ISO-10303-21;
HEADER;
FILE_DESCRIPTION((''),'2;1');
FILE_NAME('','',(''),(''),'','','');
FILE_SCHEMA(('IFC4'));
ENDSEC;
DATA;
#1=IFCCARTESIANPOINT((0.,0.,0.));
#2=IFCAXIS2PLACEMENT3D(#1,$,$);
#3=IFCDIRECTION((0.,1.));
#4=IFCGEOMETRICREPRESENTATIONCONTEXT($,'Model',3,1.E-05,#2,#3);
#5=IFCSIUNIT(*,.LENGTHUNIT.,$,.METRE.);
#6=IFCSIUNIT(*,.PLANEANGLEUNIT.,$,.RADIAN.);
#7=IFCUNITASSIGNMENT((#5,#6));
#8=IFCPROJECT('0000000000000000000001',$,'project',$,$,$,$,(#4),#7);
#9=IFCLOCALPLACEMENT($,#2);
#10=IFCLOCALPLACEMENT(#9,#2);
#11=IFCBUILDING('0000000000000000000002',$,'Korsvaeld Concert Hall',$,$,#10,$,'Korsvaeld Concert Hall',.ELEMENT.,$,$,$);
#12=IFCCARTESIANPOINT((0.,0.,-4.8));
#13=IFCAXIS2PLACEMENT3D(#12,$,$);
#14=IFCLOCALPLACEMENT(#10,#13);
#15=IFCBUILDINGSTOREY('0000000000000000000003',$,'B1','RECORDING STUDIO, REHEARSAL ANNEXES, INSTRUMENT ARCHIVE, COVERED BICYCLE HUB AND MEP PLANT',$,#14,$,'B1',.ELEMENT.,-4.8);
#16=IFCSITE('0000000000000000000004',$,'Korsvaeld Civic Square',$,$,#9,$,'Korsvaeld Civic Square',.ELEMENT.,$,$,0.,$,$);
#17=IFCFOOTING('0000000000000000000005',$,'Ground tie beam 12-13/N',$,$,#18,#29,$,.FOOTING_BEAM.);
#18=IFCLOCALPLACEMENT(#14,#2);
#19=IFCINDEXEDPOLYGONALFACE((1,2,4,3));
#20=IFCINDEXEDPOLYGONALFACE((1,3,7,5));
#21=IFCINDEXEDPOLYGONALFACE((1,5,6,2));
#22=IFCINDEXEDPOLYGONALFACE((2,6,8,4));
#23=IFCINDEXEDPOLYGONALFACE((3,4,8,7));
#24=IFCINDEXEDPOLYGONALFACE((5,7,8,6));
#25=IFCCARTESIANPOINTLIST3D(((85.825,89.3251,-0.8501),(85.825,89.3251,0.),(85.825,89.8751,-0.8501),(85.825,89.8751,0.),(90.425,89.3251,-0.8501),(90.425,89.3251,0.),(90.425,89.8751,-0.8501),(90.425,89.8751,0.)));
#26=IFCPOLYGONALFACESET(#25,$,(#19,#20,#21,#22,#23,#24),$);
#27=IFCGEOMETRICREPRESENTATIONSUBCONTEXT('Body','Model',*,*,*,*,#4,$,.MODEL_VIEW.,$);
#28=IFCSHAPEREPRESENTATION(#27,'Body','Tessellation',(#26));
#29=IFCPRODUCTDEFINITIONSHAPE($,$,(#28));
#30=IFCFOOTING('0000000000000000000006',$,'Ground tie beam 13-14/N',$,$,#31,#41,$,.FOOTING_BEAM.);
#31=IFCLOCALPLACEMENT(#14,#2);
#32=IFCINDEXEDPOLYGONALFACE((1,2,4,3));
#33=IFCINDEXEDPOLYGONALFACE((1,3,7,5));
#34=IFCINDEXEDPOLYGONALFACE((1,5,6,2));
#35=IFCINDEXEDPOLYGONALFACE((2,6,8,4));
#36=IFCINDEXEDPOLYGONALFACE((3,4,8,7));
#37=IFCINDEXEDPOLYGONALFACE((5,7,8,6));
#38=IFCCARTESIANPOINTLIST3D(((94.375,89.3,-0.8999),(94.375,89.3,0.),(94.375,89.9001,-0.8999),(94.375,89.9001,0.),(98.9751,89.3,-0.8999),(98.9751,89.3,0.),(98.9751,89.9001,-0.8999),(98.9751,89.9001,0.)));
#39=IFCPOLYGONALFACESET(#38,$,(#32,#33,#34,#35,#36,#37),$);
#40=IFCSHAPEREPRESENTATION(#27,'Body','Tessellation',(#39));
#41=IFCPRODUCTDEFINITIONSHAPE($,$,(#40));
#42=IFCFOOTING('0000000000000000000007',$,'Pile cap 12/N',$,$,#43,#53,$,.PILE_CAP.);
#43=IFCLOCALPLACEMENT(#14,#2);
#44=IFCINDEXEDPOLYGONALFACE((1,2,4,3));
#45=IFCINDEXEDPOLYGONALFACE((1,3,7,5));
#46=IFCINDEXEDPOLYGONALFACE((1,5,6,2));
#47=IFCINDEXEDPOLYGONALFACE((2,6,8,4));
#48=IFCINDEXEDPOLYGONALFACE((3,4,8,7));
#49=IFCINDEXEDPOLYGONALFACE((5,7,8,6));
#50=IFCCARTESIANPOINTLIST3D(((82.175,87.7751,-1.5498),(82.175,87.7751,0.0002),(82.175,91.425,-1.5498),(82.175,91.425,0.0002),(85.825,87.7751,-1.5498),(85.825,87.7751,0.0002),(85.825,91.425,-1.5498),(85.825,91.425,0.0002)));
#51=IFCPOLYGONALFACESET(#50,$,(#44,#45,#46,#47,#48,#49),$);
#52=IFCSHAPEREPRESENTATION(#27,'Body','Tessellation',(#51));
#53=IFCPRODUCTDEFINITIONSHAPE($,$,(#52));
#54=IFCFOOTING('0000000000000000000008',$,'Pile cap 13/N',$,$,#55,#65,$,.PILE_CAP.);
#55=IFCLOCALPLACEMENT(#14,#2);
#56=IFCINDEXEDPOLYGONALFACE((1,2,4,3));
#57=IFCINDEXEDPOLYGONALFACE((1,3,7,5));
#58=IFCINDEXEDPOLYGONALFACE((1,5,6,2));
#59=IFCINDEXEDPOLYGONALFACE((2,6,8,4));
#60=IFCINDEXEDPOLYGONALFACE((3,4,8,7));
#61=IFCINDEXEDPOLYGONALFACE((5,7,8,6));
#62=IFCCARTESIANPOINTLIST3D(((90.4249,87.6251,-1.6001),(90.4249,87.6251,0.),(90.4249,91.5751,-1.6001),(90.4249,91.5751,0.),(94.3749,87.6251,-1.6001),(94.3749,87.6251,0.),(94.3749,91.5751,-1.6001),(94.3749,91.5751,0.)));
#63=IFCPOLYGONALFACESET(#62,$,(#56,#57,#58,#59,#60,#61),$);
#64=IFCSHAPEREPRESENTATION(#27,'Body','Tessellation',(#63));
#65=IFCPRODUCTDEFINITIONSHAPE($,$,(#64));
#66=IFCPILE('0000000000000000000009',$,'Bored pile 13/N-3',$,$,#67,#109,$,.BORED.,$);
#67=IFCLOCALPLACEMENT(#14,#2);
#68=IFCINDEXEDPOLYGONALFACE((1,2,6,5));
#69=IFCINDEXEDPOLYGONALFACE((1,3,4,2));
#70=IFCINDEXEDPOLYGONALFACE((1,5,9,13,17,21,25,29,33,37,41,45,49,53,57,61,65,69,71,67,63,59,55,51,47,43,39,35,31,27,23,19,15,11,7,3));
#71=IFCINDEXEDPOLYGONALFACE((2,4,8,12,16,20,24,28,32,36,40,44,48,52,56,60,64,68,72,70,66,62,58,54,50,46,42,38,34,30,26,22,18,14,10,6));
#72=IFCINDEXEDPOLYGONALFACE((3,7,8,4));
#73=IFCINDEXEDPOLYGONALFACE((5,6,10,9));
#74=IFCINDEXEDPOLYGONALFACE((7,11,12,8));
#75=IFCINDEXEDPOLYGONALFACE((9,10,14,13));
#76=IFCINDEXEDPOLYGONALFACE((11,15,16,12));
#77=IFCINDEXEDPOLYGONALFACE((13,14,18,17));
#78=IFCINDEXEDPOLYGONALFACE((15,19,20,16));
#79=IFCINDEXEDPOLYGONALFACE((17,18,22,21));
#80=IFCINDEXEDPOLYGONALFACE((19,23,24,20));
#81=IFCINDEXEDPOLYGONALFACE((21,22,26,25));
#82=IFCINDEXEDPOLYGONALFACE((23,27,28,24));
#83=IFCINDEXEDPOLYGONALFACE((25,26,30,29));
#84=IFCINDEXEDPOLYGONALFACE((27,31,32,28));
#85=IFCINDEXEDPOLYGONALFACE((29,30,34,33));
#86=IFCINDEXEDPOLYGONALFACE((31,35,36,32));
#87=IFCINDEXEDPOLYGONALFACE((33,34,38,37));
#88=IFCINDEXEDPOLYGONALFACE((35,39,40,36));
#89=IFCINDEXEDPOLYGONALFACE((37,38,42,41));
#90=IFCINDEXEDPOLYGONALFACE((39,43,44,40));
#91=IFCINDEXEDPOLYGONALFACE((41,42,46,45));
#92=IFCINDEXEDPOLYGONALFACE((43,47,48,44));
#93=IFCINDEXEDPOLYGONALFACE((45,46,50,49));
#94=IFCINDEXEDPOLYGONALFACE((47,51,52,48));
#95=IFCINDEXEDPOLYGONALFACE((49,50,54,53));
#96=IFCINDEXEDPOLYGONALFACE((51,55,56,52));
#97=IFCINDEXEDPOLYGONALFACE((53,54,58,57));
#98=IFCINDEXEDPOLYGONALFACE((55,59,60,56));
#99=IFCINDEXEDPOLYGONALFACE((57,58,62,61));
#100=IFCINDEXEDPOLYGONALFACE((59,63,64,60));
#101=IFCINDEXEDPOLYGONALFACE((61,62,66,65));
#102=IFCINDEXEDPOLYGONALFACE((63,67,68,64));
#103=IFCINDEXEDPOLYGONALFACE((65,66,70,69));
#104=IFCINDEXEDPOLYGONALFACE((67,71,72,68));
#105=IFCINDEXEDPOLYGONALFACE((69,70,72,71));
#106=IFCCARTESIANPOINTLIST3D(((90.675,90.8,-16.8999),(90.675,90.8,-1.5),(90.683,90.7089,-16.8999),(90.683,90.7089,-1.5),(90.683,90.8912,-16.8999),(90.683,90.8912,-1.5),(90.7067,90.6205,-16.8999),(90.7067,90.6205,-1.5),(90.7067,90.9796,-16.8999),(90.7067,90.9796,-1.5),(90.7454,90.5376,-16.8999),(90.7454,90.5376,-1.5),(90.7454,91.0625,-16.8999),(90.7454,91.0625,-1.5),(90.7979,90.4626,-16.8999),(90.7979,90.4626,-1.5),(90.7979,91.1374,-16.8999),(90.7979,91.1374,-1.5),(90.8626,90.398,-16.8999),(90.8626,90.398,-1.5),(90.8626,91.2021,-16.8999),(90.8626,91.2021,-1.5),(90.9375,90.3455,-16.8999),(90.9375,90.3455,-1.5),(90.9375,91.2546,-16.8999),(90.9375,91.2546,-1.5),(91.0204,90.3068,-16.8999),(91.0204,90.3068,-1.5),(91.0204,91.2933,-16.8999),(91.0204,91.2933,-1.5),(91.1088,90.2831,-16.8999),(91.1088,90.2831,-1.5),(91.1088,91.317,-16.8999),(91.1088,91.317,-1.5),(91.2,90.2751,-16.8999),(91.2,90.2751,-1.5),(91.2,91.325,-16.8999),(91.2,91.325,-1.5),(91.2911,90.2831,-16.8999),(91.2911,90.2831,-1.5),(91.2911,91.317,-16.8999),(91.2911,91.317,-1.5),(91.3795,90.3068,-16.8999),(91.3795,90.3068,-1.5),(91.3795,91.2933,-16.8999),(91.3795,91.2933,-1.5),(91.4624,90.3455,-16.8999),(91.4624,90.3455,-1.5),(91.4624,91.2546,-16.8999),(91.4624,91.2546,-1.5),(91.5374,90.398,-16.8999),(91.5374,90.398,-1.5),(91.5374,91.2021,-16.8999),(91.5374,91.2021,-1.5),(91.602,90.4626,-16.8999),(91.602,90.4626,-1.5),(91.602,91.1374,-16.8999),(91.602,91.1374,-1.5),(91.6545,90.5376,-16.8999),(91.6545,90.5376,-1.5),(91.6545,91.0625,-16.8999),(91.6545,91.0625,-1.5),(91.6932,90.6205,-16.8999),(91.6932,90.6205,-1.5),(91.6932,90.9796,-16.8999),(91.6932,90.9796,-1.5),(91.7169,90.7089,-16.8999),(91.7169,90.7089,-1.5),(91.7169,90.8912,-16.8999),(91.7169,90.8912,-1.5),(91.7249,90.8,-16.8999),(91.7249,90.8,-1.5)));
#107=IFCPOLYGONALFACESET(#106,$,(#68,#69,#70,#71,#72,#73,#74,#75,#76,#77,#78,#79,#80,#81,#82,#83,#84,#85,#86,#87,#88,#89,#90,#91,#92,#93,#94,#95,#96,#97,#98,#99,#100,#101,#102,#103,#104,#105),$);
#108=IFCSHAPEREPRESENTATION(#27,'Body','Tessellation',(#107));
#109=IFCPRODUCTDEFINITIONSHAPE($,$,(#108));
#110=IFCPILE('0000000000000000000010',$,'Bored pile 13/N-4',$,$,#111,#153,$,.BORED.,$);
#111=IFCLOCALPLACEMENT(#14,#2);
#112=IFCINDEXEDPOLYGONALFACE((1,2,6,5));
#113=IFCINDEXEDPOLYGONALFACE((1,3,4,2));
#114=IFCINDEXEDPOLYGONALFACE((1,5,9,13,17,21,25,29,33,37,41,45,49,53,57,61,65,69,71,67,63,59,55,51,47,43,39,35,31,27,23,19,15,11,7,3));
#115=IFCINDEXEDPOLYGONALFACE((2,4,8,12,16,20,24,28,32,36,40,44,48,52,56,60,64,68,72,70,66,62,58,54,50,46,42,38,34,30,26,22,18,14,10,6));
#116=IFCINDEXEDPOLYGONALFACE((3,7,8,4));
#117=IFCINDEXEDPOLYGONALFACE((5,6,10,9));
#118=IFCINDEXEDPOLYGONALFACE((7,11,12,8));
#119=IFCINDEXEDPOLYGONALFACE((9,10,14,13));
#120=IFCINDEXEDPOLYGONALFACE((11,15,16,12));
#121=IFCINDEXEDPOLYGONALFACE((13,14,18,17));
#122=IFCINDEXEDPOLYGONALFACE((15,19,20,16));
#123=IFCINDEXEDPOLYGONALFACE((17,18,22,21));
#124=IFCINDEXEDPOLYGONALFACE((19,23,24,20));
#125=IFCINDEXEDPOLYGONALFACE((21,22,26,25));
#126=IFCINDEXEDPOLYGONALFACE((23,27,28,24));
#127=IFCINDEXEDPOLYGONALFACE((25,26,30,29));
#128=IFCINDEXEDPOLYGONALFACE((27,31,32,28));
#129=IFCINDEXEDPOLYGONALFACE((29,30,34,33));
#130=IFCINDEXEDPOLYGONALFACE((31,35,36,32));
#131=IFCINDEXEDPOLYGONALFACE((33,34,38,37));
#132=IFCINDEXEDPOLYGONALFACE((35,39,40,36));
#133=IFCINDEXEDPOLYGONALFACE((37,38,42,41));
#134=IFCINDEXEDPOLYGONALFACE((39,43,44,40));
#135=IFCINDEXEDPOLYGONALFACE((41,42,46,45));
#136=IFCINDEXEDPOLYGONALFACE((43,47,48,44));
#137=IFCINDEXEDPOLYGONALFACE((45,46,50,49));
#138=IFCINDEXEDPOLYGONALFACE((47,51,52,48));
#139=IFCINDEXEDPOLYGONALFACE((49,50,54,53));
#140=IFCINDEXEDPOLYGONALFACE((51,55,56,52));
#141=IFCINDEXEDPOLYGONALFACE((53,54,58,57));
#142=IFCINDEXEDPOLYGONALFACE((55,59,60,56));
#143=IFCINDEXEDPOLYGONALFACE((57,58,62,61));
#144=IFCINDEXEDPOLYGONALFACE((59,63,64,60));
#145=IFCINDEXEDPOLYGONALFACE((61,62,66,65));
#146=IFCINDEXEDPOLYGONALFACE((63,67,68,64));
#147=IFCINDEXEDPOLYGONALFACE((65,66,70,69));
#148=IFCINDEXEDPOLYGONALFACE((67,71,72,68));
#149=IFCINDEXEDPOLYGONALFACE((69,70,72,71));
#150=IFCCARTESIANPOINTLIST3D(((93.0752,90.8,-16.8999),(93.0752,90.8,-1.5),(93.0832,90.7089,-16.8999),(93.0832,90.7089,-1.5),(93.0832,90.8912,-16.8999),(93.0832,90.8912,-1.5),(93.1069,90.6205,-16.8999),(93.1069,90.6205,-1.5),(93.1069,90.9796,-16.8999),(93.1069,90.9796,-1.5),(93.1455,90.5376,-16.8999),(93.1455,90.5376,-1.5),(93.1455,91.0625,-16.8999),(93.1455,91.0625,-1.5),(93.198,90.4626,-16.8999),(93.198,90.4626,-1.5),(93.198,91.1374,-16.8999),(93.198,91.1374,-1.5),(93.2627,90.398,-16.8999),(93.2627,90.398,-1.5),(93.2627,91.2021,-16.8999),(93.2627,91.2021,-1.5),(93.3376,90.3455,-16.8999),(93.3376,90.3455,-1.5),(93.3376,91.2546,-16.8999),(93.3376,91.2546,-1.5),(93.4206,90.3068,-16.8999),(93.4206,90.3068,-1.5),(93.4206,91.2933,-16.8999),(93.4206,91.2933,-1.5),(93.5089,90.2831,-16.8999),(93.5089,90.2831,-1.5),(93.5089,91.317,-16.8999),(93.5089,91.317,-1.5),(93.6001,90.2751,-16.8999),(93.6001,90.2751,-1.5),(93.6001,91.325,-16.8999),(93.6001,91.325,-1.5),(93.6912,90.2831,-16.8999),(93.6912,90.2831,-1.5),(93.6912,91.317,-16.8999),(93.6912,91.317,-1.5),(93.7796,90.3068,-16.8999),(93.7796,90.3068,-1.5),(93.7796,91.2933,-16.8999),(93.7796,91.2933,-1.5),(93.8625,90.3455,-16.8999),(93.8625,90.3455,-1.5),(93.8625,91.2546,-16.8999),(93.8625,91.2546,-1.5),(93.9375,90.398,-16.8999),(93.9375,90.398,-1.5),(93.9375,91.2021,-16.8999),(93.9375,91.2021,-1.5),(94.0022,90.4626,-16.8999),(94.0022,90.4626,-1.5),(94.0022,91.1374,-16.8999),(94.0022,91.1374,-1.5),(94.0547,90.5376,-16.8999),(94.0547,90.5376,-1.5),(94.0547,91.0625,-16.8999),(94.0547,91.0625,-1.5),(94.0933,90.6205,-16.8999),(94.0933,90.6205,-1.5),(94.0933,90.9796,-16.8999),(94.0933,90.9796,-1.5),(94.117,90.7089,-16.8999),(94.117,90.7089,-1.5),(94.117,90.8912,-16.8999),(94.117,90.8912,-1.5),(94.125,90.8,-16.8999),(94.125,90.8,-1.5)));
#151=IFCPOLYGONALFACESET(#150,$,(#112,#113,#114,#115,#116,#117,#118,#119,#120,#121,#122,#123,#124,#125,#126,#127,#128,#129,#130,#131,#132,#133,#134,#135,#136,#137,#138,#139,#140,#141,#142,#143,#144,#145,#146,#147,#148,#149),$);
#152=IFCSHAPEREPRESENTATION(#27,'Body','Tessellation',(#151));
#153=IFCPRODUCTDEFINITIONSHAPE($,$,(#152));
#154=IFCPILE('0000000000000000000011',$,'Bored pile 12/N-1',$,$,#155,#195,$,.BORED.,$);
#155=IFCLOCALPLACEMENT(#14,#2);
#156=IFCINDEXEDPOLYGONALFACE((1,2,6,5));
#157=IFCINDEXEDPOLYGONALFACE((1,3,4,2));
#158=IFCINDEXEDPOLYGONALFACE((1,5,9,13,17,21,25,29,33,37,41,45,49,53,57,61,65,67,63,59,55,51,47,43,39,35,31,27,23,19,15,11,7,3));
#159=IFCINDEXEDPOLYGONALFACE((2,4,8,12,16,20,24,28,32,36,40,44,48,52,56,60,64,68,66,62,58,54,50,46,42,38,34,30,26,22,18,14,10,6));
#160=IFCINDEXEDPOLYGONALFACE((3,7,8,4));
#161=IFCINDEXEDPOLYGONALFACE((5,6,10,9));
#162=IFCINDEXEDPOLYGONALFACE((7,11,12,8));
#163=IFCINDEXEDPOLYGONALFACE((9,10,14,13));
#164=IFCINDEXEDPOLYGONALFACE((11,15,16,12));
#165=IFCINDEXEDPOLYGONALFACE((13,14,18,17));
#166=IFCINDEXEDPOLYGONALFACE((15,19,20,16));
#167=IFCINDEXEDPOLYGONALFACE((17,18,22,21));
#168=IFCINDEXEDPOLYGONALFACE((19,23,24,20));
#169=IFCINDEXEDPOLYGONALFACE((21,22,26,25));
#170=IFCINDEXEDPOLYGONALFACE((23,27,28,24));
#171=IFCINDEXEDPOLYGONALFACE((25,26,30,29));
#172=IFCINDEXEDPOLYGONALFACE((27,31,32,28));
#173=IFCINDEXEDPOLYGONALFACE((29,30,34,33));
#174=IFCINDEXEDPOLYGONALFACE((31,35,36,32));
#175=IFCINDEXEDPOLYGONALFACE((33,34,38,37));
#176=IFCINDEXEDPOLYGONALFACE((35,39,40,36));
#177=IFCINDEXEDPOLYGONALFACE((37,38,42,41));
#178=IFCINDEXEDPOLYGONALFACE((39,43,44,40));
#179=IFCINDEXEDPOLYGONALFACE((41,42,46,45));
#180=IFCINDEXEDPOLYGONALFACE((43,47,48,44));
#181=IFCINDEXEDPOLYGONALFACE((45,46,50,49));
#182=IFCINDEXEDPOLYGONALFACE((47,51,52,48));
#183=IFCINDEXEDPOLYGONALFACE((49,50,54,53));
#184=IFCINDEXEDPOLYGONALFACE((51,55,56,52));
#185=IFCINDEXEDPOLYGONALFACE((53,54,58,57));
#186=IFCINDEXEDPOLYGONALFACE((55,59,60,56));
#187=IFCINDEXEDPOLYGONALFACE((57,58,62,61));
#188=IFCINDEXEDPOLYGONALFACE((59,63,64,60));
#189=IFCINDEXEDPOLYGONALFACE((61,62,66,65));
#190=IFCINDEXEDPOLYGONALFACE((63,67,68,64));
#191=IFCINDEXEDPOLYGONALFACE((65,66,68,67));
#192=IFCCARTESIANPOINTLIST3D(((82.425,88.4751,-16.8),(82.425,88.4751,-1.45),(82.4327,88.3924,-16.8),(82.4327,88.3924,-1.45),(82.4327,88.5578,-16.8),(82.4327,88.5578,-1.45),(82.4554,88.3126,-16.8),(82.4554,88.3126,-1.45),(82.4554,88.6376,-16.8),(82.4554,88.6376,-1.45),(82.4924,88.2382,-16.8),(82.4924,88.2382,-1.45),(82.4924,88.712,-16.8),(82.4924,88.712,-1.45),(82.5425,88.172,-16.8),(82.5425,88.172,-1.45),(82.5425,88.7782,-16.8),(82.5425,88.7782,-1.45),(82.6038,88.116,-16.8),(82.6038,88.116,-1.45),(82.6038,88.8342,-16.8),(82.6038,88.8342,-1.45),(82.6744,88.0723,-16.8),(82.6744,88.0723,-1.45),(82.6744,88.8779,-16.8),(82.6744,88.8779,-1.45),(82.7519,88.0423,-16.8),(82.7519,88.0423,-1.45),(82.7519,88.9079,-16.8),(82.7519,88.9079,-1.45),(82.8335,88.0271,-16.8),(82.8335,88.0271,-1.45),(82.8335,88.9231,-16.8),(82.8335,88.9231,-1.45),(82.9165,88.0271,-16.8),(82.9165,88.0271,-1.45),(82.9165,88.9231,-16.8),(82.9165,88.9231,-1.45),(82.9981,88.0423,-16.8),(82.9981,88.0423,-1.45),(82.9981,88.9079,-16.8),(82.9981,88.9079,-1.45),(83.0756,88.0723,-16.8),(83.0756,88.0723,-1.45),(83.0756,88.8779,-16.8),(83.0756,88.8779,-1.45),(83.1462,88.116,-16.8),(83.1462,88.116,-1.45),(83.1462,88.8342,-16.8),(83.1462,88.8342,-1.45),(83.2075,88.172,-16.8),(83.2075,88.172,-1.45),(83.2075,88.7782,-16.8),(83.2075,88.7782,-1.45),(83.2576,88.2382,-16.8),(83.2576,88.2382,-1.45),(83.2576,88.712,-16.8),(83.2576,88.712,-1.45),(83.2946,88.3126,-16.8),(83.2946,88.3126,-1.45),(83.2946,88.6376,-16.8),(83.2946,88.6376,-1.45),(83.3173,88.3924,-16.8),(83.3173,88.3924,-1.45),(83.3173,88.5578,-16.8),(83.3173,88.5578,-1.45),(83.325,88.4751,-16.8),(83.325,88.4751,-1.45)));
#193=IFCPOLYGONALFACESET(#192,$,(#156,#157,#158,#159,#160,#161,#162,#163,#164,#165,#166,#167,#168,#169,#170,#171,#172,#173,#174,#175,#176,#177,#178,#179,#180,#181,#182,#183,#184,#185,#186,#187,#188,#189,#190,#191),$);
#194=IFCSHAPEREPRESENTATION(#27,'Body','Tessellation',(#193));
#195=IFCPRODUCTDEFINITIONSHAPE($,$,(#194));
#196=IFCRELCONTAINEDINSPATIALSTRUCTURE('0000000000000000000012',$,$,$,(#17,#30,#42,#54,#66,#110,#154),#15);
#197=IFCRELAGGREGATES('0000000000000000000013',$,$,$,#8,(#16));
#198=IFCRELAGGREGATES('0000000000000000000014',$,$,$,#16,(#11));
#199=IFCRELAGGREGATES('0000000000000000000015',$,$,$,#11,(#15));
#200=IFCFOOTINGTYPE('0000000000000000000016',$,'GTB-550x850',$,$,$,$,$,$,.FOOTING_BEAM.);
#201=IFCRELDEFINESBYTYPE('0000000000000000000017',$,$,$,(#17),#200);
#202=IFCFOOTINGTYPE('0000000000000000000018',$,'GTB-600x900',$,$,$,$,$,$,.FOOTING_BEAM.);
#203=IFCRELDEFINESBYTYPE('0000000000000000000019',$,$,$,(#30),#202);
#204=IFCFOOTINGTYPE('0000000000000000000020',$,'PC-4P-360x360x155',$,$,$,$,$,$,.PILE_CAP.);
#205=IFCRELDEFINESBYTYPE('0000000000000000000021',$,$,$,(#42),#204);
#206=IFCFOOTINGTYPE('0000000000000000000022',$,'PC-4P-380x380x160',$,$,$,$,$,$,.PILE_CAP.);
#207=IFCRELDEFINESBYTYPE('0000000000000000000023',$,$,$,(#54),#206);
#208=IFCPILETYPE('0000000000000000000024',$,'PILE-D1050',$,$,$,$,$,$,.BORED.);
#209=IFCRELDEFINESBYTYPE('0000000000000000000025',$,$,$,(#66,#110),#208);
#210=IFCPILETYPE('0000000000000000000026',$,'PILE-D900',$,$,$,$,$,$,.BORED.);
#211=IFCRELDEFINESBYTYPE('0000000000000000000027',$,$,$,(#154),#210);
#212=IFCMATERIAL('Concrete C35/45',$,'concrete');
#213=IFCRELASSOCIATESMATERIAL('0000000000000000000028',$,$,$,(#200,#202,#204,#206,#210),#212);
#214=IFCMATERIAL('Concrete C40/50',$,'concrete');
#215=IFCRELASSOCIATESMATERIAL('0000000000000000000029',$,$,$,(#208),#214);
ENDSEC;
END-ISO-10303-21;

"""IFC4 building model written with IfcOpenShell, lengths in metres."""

from ifc_helpers import new_model, si_unit, direction, frame, origin, origin_2d, place, context, subcontext, project, spatial, rectangle, circle, extrude, material, material_profile, profile_set, type_object, element, save


model = new_model("IFC4")

# Units and contexts
model_context = context("Model", 3, precision=1e-05, world=origin(), true_north=direction((0.0, 1.0)))
body_context = subcontext(model_context, "Body", "Model", "MODEL_VIEW")
ifc_project = project(units=[si_unit("LENGTHUNIT", "METRE"), si_unit("PLANEANGLEUNIT", "RADIAN")], contexts=[model_context])

# Site, building, storey
site_placement = place(None, origin())
site = spatial("IfcSite", under=ifc_project, at=site_placement, Name="Korsvaeld Civic Square", LongName="Korsvaeld Civic Square", CompositionType="ELEMENT", RefElevation=0.0)
building_placement = place(site_placement, origin())
building = spatial("IfcBuilding", under=site, at=building_placement, Name="Korsvaeld Concert Hall", LongName="Korsvaeld Concert Hall", CompositionType="ELEMENT")
storey_placement = place(building_placement, frame((0.0, 0.0, -4.8)))
storey = spatial("IfcBuildingStorey", under=building, at=storey_placement, Name="B1", Description="RECORDING STUDIO, REHEARSAL ANNEXES, INSTRUMENT ARCHIVE, COVERED BICYCLE HUB AND MEP PLANT", LongName="B1", CompositionType="ELEMENT", Elevation=-4.8)

# Footings
ifc_material_1 = material(Name="Concrete C35/45", Category="concrete")
ifc_material_profile_1 = material_profile(ifc_material_1, rectangle(XDim=0.55, YDim=0.8501, at=origin_2d()), Name="GTB 550x850")
ifc_profile_set_1 = profile_set([ifc_material_profile_1], Name="Concrete C35/45")
footing_type_1 = type_object("IfcFootingType", Name="GTB-550x850", PredefinedType="FOOTING_BEAM", material=ifc_profile_set_1)
footing_1_placement = place(storey_placement, frame((85.825, 89.6001, -0.425), z_axis=(1.0, 0.0, 0.0), x_axis=(0.0, 1.0, 0.0)))
element("IfcFooting", 1, at=footing_1_placement, inside=storey, type_object=footing_type_1, Name="Ground tie beam 12-13/N", PredefinedType="FOOTING_BEAM", context=body_context, shape_type="SweptSolid", body=[
    extrude(rectangle(XDim=0.55, YDim=0.8501, at=origin_2d()), origin(), (0.0, 0.0, 1.0), 4.6001),
])
ifc_material_profile_2 = material_profile(ifc_material_1, rectangle(XDim=0.6001, YDim=0.8999, at=origin_2d()), Name="GTB 600x900")
ifc_profile_set_2 = profile_set([ifc_material_profile_2], Name="Concrete C35/45")
footing_type_2 = type_object("IfcFootingType", Name="GTB-600x900", PredefinedType="FOOTING_BEAM", material=ifc_profile_set_2)
footing_2_placement = place(storey_placement, frame((94.375, 89.6001, -0.45), z_axis=(1.0, 0.0, 0.0), x_axis=(0.0, 1.0, 0.0)))
element("IfcFooting", 2, at=footing_2_placement, inside=storey, type_object=footing_type_2, Name="Ground tie beam 13-14/N", PredefinedType="FOOTING_BEAM", context=body_context, shape_type="SweptSolid", body=[
    extrude(rectangle(XDim=0.6001, YDim=0.8999, at=origin_2d()), origin(), (0.0, 0.0, 1.0), 4.6001),
])
footing_type_3 = type_object("IfcFootingType", Name="PC-4P-360x360x155", PredefinedType="PILE_CAP", material=ifc_material_1)
footing_3_placement = place(storey_placement, frame((84.0, 89.6001, -1.5498), z_axis=(0.0, 0.0, 1.0), x_axis=(1.0, 0.0, 0.0)))
element("IfcFooting", 3, at=footing_3_placement, inside=storey, type_object=footing_type_3, Name="Pile cap 12/N", PredefinedType="PILE_CAP", context=body_context, shape_type="SweptSolid", body=[
    extrude(rectangle(XDim=3.6499, YDim=3.6499, at=origin_2d()), origin(), (0.0, 0.0, 1.0), 1.55),
])
footing_type_4 = type_object("IfcFootingType", Name="PC-4P-380x380x160", PredefinedType="PILE_CAP", material=ifc_material_1)
footing_4_placement = place(storey_placement, frame((92.3999, 89.6001, -1.6001), z_axis=(0.0, 0.0, 1.0), x_axis=(1.0, 0.0, 0.0)))
element("IfcFooting", 4, at=footing_4_placement, inside=storey, type_object=footing_type_4, Name="Pile cap 13/N", PredefinedType="PILE_CAP", context=body_context, shape_type="SweptSolid", body=[
    extrude(rectangle(XDim=3.95, YDim=3.95, at=origin_2d()), origin(), (0.0, 0.0, 1.0), 1.6001),
])

# Piles
ifc_material_2 = material(Name="Concrete C40/50", Category="concrete")
ifc_material_profile_3 = material_profile(ifc_material_2, circle(Radius=0.5249, at=origin_2d()), Name="BORED PILE D1050")
ifc_profile_set_3 = profile_set([ifc_material_profile_3], Name="Concrete C40/50")
pile_type_1 = type_object("IfcPileType", Name="PILE-D1050", PredefinedType="BORED", material=ifc_profile_set_3)
for number, where, z_axis, x_axis, name in (
    (5, (91.2, 90.8, -1.5), (0.0, 0.0, -1.0), (1.0, 0.0, 0.0), "Bored pile 13/N-3"),
    (6, (93.6001, 90.8, -1.5), (0.0, 0.0, -1.0), (1.0, 0.0, 0.0), "Bored pile 13/N-4"),
):
    element("IfcPile", number, at=place(storey_placement, frame(where, z_axis=z_axis, x_axis=x_axis)), inside=storey, type_object=pile_type_1, Name=name, PredefinedType="BORED", context=body_context, shape_type="SweptSolid", body=[
        extrude(circle(Radius=0.5249, at=origin_2d()), origin(), (0.0, 0.0, 1.0), 15.3999),
    ])
ifc_material_profile_4 = material_profile(ifc_material_1, circle(Radius=0.45, at=origin_2d()), Name="BORED PILE D900")
ifc_profile_set_4 = profile_set([ifc_material_profile_4], Name="Concrete C35/45")
pile_type_2 = type_object("IfcPileType", Name="PILE-D900", PredefinedType="BORED", material=ifc_profile_set_4)
for number, where, z_axis, x_axis, name in (
    (7, (82.875, 88.4751, -1.45), (0.0, 0.0, -1.0), (1.0, 0.0, 0.0), "Bored pile 12/N-1"),
):
    element("IfcPile", number, at=place(storey_placement, frame(where, z_axis=z_axis, x_axis=x_axis)), inside=storey, type_object=pile_type_2, Name=name, PredefinedType="BORED", context=body_context, shape_type="SweptSolid", body=[
        extrude(circle(Radius=0.45, at=origin_2d()), origin(), (0.0, 0.0, 1.0), 15.3501),
    ])

save(model, "model.ifc")
